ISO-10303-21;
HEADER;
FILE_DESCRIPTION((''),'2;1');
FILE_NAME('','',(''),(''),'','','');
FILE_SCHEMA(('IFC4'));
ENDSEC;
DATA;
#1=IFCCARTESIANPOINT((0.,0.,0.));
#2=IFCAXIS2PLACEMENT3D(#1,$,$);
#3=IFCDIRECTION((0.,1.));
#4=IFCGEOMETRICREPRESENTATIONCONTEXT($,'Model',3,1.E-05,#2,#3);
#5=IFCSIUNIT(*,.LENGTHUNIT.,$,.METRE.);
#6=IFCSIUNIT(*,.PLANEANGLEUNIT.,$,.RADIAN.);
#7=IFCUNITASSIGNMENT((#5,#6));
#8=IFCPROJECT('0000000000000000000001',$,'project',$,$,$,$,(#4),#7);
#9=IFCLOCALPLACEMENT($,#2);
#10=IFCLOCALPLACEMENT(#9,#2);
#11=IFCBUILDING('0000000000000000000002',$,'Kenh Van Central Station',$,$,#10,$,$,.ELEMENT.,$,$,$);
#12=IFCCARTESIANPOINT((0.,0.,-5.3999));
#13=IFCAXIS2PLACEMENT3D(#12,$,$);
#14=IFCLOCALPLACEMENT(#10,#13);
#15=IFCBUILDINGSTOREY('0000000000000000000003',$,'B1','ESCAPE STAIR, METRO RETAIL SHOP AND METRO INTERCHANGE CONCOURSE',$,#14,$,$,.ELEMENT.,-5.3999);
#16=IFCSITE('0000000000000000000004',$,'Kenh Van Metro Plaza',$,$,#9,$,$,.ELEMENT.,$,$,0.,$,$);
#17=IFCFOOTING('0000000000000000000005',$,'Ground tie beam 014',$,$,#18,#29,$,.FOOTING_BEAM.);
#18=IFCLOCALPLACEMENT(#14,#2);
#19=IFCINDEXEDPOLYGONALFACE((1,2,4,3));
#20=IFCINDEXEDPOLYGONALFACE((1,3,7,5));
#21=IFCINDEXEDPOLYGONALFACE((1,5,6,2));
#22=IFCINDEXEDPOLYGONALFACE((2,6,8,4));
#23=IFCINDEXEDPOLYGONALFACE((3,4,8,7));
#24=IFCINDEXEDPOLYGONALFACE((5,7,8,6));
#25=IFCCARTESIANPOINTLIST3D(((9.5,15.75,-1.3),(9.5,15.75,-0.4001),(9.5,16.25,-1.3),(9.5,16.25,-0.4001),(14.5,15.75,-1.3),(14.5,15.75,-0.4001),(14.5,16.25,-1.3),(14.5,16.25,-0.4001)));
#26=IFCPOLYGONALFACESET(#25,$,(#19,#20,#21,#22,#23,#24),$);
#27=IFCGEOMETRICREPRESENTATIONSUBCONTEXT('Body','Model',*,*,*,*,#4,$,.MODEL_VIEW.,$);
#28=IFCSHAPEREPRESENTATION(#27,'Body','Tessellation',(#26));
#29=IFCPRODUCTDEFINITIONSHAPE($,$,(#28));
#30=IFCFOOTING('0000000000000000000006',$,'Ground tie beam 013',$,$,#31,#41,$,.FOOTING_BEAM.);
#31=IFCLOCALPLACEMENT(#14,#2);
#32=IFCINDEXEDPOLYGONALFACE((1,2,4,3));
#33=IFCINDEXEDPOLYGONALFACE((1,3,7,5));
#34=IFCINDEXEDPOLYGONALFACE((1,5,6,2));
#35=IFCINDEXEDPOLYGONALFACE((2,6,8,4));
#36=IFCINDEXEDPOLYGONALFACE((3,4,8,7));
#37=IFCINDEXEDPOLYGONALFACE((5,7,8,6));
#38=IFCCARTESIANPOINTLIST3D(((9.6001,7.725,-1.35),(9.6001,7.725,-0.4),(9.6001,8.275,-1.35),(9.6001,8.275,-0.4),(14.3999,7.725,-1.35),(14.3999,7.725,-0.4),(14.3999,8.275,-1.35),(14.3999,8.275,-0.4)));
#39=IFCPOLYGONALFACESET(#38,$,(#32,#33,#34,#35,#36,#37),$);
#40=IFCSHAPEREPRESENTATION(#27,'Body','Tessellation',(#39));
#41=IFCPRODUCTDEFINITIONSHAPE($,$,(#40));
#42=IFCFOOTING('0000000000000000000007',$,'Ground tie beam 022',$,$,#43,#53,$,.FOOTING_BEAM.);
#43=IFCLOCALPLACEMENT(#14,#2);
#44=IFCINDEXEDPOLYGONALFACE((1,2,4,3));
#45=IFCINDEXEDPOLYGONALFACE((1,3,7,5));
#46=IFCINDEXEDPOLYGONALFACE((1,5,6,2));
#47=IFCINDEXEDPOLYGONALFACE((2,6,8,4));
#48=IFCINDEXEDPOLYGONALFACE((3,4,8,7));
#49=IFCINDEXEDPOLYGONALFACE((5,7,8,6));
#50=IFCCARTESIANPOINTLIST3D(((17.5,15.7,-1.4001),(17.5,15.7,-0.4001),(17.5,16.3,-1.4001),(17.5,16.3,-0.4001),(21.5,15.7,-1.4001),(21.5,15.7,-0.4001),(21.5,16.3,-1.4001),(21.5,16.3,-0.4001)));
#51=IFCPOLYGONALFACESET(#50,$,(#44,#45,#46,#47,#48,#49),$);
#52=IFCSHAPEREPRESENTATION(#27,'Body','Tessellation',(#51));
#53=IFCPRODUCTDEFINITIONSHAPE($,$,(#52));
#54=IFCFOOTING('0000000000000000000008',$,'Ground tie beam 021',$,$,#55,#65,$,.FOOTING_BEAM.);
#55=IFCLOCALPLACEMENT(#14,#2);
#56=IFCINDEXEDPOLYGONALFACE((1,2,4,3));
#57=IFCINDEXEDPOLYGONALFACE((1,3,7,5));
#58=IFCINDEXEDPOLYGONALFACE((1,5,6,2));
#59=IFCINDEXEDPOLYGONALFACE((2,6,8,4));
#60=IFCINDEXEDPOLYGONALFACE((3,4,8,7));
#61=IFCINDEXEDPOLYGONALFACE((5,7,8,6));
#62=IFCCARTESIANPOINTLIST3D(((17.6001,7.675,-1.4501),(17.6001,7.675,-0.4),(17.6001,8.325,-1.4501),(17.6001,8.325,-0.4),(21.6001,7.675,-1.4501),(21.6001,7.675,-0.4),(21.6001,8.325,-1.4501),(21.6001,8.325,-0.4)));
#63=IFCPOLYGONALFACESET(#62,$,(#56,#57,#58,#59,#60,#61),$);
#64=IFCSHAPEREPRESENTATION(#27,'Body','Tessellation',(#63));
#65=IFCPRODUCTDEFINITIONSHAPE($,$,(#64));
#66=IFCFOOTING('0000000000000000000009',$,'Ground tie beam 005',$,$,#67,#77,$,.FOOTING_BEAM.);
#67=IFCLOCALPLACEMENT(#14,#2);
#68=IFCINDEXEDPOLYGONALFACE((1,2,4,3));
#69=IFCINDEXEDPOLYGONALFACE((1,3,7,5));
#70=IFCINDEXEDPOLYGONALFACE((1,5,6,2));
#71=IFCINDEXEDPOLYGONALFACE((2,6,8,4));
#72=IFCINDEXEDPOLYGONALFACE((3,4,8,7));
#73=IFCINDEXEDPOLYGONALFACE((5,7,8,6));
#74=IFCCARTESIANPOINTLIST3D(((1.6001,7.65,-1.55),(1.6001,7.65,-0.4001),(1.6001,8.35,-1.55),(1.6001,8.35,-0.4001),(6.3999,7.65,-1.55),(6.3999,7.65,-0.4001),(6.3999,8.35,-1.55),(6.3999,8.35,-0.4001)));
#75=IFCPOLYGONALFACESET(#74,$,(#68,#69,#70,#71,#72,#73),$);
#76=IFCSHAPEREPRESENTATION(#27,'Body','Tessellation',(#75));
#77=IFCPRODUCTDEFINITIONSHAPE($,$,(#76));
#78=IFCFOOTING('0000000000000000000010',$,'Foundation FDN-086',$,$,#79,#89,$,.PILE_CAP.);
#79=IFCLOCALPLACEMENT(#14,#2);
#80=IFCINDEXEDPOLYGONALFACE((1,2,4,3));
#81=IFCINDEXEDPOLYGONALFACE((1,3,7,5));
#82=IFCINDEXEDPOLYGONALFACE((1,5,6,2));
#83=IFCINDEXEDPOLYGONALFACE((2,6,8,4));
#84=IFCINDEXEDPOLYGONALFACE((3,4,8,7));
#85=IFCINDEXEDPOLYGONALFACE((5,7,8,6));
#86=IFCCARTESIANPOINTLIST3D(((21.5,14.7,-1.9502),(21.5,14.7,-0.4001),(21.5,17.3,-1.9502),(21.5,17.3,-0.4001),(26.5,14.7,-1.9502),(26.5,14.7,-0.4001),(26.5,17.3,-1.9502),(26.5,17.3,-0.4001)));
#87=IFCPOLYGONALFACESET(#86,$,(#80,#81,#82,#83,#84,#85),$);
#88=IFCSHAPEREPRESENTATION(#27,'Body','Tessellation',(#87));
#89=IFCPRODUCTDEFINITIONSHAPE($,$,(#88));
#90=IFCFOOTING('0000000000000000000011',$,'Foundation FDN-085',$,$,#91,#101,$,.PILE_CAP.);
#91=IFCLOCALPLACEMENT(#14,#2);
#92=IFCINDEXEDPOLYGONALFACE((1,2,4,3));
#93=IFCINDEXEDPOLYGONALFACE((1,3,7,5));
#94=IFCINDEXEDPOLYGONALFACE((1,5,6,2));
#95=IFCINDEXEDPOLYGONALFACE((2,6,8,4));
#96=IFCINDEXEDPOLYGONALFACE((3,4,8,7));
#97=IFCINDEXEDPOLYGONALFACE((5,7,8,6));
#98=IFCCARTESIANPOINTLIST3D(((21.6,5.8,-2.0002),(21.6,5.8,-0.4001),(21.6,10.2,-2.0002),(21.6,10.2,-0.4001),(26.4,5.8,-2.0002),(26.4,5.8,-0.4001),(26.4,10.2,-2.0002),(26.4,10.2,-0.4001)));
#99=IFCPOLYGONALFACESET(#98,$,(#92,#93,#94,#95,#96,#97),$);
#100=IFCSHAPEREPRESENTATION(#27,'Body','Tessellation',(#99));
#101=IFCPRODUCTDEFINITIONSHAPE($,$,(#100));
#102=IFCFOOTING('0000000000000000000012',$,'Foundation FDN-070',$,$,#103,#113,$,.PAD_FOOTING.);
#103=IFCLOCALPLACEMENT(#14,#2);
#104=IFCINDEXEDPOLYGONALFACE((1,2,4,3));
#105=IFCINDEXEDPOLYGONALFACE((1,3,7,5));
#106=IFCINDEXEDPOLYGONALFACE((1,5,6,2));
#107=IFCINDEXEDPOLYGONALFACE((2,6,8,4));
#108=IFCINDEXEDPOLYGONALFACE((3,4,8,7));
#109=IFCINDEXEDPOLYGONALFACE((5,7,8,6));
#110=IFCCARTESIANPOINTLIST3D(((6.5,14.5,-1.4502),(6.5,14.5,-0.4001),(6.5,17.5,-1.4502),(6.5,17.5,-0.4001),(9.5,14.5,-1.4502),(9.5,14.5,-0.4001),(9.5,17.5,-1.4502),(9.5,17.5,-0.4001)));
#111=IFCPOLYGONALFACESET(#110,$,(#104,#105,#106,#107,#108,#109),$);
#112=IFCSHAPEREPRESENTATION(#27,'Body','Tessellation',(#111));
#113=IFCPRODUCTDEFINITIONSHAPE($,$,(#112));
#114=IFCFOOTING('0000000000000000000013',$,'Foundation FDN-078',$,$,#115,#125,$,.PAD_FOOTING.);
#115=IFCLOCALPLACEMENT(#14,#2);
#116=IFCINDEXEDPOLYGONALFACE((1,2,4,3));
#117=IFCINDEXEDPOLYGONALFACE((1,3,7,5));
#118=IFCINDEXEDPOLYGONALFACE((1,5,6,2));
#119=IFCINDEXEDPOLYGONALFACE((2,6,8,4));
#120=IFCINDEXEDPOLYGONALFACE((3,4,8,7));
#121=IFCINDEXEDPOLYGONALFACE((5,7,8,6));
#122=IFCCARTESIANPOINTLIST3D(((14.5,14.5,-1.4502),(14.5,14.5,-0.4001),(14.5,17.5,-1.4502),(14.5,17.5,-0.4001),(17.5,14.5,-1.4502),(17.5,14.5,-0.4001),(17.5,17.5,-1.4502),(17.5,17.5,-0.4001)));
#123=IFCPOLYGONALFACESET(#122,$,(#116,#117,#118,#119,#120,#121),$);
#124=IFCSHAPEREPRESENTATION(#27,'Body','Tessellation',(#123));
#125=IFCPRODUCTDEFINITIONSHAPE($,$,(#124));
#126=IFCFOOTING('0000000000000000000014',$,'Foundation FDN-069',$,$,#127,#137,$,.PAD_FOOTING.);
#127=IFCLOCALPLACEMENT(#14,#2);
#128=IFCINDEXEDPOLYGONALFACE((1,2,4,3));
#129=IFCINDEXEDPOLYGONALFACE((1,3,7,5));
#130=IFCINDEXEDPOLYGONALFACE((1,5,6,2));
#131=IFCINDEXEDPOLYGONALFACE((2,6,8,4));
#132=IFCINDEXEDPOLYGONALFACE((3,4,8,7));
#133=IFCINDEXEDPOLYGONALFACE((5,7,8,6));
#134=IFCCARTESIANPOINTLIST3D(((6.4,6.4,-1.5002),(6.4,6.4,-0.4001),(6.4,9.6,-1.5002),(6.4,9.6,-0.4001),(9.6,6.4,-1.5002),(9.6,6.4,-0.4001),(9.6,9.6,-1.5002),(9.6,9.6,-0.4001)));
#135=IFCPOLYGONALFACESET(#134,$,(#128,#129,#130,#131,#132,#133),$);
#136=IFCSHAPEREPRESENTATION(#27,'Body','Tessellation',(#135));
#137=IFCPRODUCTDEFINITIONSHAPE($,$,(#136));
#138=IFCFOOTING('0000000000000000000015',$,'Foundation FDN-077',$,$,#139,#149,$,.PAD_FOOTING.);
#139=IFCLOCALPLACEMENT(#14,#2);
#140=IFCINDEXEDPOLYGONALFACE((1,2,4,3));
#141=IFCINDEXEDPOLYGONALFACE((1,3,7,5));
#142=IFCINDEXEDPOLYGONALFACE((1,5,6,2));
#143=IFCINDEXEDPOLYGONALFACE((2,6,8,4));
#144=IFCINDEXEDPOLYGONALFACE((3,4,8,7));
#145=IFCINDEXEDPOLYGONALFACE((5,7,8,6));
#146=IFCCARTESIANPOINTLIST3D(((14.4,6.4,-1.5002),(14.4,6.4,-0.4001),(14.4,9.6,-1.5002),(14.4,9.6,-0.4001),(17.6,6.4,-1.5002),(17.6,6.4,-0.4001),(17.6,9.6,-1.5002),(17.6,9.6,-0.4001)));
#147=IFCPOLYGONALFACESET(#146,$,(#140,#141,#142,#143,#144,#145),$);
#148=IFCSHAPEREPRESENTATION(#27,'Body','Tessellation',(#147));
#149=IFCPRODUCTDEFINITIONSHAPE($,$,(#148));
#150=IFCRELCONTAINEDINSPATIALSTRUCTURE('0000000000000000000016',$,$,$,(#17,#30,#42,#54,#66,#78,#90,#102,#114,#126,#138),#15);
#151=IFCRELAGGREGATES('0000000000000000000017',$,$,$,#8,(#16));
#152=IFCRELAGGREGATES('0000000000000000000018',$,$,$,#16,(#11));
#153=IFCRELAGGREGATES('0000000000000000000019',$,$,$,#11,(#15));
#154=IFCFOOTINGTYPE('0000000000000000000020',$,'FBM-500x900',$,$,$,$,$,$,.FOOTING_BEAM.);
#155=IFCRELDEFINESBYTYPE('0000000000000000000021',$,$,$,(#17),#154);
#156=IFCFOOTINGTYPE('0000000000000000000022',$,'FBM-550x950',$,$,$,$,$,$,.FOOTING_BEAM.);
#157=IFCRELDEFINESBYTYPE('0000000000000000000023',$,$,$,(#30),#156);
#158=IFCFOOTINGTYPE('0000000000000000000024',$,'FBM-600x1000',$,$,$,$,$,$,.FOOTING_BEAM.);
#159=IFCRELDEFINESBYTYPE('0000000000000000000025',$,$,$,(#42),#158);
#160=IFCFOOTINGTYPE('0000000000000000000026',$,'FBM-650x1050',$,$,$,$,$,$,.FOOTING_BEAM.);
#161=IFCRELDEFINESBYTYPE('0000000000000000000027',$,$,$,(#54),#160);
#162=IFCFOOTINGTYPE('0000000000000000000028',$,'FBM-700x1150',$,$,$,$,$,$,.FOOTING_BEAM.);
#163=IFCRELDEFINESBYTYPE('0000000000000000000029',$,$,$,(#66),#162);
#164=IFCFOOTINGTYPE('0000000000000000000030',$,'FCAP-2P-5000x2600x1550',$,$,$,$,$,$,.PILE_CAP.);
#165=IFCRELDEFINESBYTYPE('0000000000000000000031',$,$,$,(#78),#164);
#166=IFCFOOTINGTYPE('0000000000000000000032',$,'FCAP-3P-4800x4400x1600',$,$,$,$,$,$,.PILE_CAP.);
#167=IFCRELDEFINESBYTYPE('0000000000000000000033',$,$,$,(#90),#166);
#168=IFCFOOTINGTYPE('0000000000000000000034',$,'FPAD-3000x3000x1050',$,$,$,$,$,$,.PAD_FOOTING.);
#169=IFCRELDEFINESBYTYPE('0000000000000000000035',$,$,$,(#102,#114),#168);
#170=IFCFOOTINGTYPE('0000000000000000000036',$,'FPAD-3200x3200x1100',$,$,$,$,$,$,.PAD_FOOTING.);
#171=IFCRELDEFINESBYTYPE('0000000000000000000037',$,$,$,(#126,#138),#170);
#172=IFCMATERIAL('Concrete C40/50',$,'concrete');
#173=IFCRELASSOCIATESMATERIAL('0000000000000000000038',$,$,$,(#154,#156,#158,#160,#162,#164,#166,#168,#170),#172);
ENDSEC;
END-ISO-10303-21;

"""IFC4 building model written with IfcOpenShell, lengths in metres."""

from ifc_helpers import new_model, si_unit, direction, frame, origin, origin_2d, place, context, subcontext, project, spatial, rectangle, extrude, material, material_profile, profile_set, type_object, element, save


model = new_model("IFC4")

# Units and contexts
model_context = context("Model", 3, precision=1e-05, world=origin(), true_north=direction((0.0, 1.0)))
body_context = subcontext(model_context, "Body", "Model", "MODEL_VIEW")
ifc_project = project(units=[si_unit("LENGTHUNIT", "METRE"), si_unit("PLANEANGLEUNIT", "RADIAN")], contexts=[model_context])

# Site, building, storey
site_placement = place(None, origin())
site = spatial("IfcSite", under=ifc_project, at=site_placement, Name="Kenh Van Metro Plaza", CompositionType="ELEMENT", RefElevation=0.0)
building_placement = place(site_placement, origin())
building = spatial("IfcBuilding", under=site, at=building_placement, Name="Kenh Van Central Station", CompositionType="ELEMENT")
storey_placement = place(building_placement, frame((0.0, 0.0, -5.3999)))
storey = spatial("IfcBuildingStorey", under=building, at=storey_placement, Name="B1", Description="ESCAPE STAIR, METRO RETAIL SHOP AND METRO INTERCHANGE CONCOURSE", CompositionType="ELEMENT", Elevation=-5.3999)

# Footings
ifc_material_1 = material(Name="Concrete C40/50", Category="concrete")
ifc_material_profile_1 = material_profile(ifc_material_1, rectangle(XDim=0.5, YDim=0.8999, at=origin_2d()), Name="RC 500x900")
ifc_profile_set_1 = profile_set([ifc_material_profile_1], Name="Concrete C40/50")
footing_type_1 = type_object("IfcFootingType", Name="FBM-500x900", PredefinedType="FOOTING_BEAM", material=ifc_profile_set_1)
footing_1_placement = place(storey_placement, frame((9.5, 16.0, -0.8501), z_axis=(1.0, 0.0, 0.0), x_axis=(0.0, 1.0, 0.0)))
element("IfcFooting", 1, at=footing_1_placement, inside=storey, type_object=footing_type_1, Name="Ground tie beam 014", PredefinedType="FOOTING_BEAM", context=body_context, shape_type="SweptSolid", body=[
    extrude(rectangle(XDim=0.5, YDim=0.8999, at=origin_2d()), origin(), (0.0, 0.0, 1.0), 5.0),
])
ifc_material_profile_2 = material_profile(ifc_material_1, rectangle(XDim=0.55, YDim=0.95, at=origin_2d()), Name="RC 550x950")
ifc_profile_set_2 = profile_set([ifc_material_profile_2], Name="Concrete C40/50")
footing_type_2 = type_object("IfcFootingType", Name="FBM-550x950", PredefinedType="FOOTING_BEAM", material=ifc_profile_set_2)
footing_2_placement = place(storey_placement, frame((9.6001, 8.0, -0.875), z_axis=(1.0, 0.0, 0.0), x_axis=(0.0, 1.0, 0.0)))
element("IfcFooting", 2, at=footing_2_placement, inside=storey, type_object=footing_type_2, Name="Ground tie beam 013", PredefinedType="FOOTING_BEAM", context=body_context, shape_type="SweptSolid", body=[
    extrude(rectangle(XDim=0.55, YDim=0.95, at=origin_2d()), origin(), (0.0, 0.0, 1.0), 4.7998),
])
ifc_material_profile_3 = material_profile(ifc_material_1, rectangle(XDim=0.6001, YDim=1.0, at=origin_2d()), Name="RC 600x1000")
ifc_profile_set_3 = profile_set([ifc_material_profile_3], Name="Concrete C40/50")
footing_type_3 = type_object("IfcFootingType", Name="FBM-600x1000", PredefinedType="FOOTING_BEAM", material=ifc_profile_set_3)
footing_3_placement = place(storey_placement, frame((17.5, 16.0, -0.9001), z_axis=(1.0, 0.0, 0.0), x_axis=(0.0, 1.0, 0.0)))
element("IfcFooting", 3, at=footing_3_placement, inside=storey, type_object=footing_type_3, Name="Ground tie beam 022", PredefinedType="FOOTING_BEAM", context=body_context, shape_type="SweptSolid", body=[
    extrude(rectangle(XDim=0.6001, YDim=1.0, at=origin_2d()), origin(), (0.0, 0.0, 1.0), 4.0),
])
ifc_material_profile_4 = material_profile(ifc_material_1, rectangle(XDim=0.6499, YDim=1.05, at=origin_2d()), Name="RC 650x1050")
ifc_profile_set_4 = profile_set([ifc_material_profile_4], Name="Concrete C40/50")
footing_type_4 = type_object("IfcFootingType", Name="FBM-650x1050", PredefinedType="FOOTING_BEAM", material=ifc_profile_set_4)
footing_4_placement = place(storey_placement, frame((17.6001, 8.0, -0.925), z_axis=(1.0, 0.0, 0.0), x_axis=(0.0, 1.0, 0.0)))
element("IfcFooting", 4, at=footing_4_placement, inside=storey, type_object=footing_type_4, Name="Ground tie beam 021", PredefinedType="FOOTING_BEAM", context=body_context, shape_type="SweptSolid", body=[
    extrude(rectangle(XDim=0.6499, YDim=1.05, at=origin_2d()), origin(), (0.0, 0.0, 1.0), 4.0),
])
ifc_material_profile_5 = material_profile(ifc_material_1, rectangle(XDim=0.7, YDim=1.1499, at=origin_2d()), Name="RC 700x1150")
ifc_profile_set_5 = profile_set([ifc_material_profile_5], Name="Concrete C40/50")
footing_type_5 = type_object("IfcFootingType", Name="FBM-700x1150", PredefinedType="FOOTING_BEAM", material=ifc_profile_set_5)
footing_5_placement = place(storey_placement, frame((1.6001, 8.0, -0.9751), z_axis=(1.0, 0.0, 0.0), x_axis=(0.0, 1.0, 0.0)))
element("IfcFooting", 5, at=footing_5_placement, inside=storey, type_object=footing_type_5, Name="Ground tie beam 005", PredefinedType="FOOTING_BEAM", context=body_context, shape_type="SweptSolid", body=[
    extrude(rectangle(XDim=0.7, YDim=1.1499, at=origin_2d()), origin(), (0.0, 0.0, 1.0), 4.7998),
])
footing_type_6 = type_object("IfcFootingType", Name="FCAP-2P-5000x2600x1550", PredefinedType="PILE_CAP", material=ifc_material_1)
footing_6_placement = place(storey_placement, frame((24.0, 16.0, -1.9502), z_axis=(0.0, 0.0, 1.0), x_axis=(1.0, 0.0, 0.0)))
element("IfcFooting", 6, at=footing_6_placement, inside=storey, type_object=footing_type_6, Name="Foundation FDN-086", PredefinedType="PILE_CAP", context=body_context, shape_type="SweptSolid", body=[
    extrude(rectangle(XDim=5.0, YDim=2.6001, at=origin_2d()), origin(), (0.0, 0.0, 1.0), 1.55),
])
footing_type_7 = type_object("IfcFootingType", Name="FCAP-3P-4800x4400x1600", PredefinedType="PILE_CAP", material=ifc_material_1)
footing_7_placement = place(storey_placement, frame((24.0, 8.0, -2.0002), z_axis=(0.0, 0.0, 1.0), x_axis=(1.0, 0.0, 0.0)))
element("IfcFooting", 7, at=footing_7_placement, inside=storey, type_object=footing_type_7, Name="Foundation FDN-085", PredefinedType="PILE_CAP", context=body_context, shape_type="SweptSolid", body=[
    extrude(rectangle(XDim=4.8, YDim=4.3999, at=origin_2d()), origin(), (0.0, 0.0, 1.0), 1.6001),
])
footing_type_8 = type_object("IfcFootingType", Name="FPAD-3000x3000x1050", PredefinedType="PAD_FOOTING", material=ifc_material_1)
for number, where, z_axis, x_axis, name in (
    (8, (8.0, 16.0, -1.4502), (0.0, 0.0, 1.0), (1.0, 0.0, 0.0), "Foundation FDN-070"),
    (9, (16.0, 16.0, -1.4502), (0.0, 0.0, 1.0), (1.0, 0.0, 0.0), "Foundation FDN-078"),
):
    element("IfcFooting", number, at=place(storey_placement, frame(where, z_axis=z_axis, x_axis=x_axis)), inside=storey, type_object=footing_type_8, Name=name, PredefinedType="PAD_FOOTING", context=body_context, shape_type="SweptSolid", body=[
        extrude(rectangle(XDim=3.0, YDim=3.0, at=origin_2d()), origin(), (0.0, 0.0, 1.0), 1.05),
    ])
footing_type_9 = type_object("IfcFootingType", Name="FPAD-3200x3200x1100", PredefinedType="PAD_FOOTING", material=ifc_material_1)
for number, where, z_axis, x_axis, name in (
    (10, (8.0, 8.0, -1.5002), (0.0, 0.0, 1.0), (1.0, 0.0, 0.0), "Foundation FDN-069"),
    (11, (16.0, 8.0, -1.5002), (0.0, 0.0, 1.0), (1.0, 0.0, 0.0), "Foundation FDN-077"),
):
    element("IfcFooting", number, at=place(storey_placement, frame(where, z_axis=z_axis, x_axis=x_axis)), inside=storey, type_object=footing_type_9, Name=name, PredefinedType="PAD_FOOTING", context=body_context, shape_type="SweptSolid", body=[
        extrude(rectangle(XDim=3.2, YDim=3.2, at=origin_2d()), origin(), (0.0, 0.0, 1.0), 1.1001),
    ])

save(model, "model.ifc")
